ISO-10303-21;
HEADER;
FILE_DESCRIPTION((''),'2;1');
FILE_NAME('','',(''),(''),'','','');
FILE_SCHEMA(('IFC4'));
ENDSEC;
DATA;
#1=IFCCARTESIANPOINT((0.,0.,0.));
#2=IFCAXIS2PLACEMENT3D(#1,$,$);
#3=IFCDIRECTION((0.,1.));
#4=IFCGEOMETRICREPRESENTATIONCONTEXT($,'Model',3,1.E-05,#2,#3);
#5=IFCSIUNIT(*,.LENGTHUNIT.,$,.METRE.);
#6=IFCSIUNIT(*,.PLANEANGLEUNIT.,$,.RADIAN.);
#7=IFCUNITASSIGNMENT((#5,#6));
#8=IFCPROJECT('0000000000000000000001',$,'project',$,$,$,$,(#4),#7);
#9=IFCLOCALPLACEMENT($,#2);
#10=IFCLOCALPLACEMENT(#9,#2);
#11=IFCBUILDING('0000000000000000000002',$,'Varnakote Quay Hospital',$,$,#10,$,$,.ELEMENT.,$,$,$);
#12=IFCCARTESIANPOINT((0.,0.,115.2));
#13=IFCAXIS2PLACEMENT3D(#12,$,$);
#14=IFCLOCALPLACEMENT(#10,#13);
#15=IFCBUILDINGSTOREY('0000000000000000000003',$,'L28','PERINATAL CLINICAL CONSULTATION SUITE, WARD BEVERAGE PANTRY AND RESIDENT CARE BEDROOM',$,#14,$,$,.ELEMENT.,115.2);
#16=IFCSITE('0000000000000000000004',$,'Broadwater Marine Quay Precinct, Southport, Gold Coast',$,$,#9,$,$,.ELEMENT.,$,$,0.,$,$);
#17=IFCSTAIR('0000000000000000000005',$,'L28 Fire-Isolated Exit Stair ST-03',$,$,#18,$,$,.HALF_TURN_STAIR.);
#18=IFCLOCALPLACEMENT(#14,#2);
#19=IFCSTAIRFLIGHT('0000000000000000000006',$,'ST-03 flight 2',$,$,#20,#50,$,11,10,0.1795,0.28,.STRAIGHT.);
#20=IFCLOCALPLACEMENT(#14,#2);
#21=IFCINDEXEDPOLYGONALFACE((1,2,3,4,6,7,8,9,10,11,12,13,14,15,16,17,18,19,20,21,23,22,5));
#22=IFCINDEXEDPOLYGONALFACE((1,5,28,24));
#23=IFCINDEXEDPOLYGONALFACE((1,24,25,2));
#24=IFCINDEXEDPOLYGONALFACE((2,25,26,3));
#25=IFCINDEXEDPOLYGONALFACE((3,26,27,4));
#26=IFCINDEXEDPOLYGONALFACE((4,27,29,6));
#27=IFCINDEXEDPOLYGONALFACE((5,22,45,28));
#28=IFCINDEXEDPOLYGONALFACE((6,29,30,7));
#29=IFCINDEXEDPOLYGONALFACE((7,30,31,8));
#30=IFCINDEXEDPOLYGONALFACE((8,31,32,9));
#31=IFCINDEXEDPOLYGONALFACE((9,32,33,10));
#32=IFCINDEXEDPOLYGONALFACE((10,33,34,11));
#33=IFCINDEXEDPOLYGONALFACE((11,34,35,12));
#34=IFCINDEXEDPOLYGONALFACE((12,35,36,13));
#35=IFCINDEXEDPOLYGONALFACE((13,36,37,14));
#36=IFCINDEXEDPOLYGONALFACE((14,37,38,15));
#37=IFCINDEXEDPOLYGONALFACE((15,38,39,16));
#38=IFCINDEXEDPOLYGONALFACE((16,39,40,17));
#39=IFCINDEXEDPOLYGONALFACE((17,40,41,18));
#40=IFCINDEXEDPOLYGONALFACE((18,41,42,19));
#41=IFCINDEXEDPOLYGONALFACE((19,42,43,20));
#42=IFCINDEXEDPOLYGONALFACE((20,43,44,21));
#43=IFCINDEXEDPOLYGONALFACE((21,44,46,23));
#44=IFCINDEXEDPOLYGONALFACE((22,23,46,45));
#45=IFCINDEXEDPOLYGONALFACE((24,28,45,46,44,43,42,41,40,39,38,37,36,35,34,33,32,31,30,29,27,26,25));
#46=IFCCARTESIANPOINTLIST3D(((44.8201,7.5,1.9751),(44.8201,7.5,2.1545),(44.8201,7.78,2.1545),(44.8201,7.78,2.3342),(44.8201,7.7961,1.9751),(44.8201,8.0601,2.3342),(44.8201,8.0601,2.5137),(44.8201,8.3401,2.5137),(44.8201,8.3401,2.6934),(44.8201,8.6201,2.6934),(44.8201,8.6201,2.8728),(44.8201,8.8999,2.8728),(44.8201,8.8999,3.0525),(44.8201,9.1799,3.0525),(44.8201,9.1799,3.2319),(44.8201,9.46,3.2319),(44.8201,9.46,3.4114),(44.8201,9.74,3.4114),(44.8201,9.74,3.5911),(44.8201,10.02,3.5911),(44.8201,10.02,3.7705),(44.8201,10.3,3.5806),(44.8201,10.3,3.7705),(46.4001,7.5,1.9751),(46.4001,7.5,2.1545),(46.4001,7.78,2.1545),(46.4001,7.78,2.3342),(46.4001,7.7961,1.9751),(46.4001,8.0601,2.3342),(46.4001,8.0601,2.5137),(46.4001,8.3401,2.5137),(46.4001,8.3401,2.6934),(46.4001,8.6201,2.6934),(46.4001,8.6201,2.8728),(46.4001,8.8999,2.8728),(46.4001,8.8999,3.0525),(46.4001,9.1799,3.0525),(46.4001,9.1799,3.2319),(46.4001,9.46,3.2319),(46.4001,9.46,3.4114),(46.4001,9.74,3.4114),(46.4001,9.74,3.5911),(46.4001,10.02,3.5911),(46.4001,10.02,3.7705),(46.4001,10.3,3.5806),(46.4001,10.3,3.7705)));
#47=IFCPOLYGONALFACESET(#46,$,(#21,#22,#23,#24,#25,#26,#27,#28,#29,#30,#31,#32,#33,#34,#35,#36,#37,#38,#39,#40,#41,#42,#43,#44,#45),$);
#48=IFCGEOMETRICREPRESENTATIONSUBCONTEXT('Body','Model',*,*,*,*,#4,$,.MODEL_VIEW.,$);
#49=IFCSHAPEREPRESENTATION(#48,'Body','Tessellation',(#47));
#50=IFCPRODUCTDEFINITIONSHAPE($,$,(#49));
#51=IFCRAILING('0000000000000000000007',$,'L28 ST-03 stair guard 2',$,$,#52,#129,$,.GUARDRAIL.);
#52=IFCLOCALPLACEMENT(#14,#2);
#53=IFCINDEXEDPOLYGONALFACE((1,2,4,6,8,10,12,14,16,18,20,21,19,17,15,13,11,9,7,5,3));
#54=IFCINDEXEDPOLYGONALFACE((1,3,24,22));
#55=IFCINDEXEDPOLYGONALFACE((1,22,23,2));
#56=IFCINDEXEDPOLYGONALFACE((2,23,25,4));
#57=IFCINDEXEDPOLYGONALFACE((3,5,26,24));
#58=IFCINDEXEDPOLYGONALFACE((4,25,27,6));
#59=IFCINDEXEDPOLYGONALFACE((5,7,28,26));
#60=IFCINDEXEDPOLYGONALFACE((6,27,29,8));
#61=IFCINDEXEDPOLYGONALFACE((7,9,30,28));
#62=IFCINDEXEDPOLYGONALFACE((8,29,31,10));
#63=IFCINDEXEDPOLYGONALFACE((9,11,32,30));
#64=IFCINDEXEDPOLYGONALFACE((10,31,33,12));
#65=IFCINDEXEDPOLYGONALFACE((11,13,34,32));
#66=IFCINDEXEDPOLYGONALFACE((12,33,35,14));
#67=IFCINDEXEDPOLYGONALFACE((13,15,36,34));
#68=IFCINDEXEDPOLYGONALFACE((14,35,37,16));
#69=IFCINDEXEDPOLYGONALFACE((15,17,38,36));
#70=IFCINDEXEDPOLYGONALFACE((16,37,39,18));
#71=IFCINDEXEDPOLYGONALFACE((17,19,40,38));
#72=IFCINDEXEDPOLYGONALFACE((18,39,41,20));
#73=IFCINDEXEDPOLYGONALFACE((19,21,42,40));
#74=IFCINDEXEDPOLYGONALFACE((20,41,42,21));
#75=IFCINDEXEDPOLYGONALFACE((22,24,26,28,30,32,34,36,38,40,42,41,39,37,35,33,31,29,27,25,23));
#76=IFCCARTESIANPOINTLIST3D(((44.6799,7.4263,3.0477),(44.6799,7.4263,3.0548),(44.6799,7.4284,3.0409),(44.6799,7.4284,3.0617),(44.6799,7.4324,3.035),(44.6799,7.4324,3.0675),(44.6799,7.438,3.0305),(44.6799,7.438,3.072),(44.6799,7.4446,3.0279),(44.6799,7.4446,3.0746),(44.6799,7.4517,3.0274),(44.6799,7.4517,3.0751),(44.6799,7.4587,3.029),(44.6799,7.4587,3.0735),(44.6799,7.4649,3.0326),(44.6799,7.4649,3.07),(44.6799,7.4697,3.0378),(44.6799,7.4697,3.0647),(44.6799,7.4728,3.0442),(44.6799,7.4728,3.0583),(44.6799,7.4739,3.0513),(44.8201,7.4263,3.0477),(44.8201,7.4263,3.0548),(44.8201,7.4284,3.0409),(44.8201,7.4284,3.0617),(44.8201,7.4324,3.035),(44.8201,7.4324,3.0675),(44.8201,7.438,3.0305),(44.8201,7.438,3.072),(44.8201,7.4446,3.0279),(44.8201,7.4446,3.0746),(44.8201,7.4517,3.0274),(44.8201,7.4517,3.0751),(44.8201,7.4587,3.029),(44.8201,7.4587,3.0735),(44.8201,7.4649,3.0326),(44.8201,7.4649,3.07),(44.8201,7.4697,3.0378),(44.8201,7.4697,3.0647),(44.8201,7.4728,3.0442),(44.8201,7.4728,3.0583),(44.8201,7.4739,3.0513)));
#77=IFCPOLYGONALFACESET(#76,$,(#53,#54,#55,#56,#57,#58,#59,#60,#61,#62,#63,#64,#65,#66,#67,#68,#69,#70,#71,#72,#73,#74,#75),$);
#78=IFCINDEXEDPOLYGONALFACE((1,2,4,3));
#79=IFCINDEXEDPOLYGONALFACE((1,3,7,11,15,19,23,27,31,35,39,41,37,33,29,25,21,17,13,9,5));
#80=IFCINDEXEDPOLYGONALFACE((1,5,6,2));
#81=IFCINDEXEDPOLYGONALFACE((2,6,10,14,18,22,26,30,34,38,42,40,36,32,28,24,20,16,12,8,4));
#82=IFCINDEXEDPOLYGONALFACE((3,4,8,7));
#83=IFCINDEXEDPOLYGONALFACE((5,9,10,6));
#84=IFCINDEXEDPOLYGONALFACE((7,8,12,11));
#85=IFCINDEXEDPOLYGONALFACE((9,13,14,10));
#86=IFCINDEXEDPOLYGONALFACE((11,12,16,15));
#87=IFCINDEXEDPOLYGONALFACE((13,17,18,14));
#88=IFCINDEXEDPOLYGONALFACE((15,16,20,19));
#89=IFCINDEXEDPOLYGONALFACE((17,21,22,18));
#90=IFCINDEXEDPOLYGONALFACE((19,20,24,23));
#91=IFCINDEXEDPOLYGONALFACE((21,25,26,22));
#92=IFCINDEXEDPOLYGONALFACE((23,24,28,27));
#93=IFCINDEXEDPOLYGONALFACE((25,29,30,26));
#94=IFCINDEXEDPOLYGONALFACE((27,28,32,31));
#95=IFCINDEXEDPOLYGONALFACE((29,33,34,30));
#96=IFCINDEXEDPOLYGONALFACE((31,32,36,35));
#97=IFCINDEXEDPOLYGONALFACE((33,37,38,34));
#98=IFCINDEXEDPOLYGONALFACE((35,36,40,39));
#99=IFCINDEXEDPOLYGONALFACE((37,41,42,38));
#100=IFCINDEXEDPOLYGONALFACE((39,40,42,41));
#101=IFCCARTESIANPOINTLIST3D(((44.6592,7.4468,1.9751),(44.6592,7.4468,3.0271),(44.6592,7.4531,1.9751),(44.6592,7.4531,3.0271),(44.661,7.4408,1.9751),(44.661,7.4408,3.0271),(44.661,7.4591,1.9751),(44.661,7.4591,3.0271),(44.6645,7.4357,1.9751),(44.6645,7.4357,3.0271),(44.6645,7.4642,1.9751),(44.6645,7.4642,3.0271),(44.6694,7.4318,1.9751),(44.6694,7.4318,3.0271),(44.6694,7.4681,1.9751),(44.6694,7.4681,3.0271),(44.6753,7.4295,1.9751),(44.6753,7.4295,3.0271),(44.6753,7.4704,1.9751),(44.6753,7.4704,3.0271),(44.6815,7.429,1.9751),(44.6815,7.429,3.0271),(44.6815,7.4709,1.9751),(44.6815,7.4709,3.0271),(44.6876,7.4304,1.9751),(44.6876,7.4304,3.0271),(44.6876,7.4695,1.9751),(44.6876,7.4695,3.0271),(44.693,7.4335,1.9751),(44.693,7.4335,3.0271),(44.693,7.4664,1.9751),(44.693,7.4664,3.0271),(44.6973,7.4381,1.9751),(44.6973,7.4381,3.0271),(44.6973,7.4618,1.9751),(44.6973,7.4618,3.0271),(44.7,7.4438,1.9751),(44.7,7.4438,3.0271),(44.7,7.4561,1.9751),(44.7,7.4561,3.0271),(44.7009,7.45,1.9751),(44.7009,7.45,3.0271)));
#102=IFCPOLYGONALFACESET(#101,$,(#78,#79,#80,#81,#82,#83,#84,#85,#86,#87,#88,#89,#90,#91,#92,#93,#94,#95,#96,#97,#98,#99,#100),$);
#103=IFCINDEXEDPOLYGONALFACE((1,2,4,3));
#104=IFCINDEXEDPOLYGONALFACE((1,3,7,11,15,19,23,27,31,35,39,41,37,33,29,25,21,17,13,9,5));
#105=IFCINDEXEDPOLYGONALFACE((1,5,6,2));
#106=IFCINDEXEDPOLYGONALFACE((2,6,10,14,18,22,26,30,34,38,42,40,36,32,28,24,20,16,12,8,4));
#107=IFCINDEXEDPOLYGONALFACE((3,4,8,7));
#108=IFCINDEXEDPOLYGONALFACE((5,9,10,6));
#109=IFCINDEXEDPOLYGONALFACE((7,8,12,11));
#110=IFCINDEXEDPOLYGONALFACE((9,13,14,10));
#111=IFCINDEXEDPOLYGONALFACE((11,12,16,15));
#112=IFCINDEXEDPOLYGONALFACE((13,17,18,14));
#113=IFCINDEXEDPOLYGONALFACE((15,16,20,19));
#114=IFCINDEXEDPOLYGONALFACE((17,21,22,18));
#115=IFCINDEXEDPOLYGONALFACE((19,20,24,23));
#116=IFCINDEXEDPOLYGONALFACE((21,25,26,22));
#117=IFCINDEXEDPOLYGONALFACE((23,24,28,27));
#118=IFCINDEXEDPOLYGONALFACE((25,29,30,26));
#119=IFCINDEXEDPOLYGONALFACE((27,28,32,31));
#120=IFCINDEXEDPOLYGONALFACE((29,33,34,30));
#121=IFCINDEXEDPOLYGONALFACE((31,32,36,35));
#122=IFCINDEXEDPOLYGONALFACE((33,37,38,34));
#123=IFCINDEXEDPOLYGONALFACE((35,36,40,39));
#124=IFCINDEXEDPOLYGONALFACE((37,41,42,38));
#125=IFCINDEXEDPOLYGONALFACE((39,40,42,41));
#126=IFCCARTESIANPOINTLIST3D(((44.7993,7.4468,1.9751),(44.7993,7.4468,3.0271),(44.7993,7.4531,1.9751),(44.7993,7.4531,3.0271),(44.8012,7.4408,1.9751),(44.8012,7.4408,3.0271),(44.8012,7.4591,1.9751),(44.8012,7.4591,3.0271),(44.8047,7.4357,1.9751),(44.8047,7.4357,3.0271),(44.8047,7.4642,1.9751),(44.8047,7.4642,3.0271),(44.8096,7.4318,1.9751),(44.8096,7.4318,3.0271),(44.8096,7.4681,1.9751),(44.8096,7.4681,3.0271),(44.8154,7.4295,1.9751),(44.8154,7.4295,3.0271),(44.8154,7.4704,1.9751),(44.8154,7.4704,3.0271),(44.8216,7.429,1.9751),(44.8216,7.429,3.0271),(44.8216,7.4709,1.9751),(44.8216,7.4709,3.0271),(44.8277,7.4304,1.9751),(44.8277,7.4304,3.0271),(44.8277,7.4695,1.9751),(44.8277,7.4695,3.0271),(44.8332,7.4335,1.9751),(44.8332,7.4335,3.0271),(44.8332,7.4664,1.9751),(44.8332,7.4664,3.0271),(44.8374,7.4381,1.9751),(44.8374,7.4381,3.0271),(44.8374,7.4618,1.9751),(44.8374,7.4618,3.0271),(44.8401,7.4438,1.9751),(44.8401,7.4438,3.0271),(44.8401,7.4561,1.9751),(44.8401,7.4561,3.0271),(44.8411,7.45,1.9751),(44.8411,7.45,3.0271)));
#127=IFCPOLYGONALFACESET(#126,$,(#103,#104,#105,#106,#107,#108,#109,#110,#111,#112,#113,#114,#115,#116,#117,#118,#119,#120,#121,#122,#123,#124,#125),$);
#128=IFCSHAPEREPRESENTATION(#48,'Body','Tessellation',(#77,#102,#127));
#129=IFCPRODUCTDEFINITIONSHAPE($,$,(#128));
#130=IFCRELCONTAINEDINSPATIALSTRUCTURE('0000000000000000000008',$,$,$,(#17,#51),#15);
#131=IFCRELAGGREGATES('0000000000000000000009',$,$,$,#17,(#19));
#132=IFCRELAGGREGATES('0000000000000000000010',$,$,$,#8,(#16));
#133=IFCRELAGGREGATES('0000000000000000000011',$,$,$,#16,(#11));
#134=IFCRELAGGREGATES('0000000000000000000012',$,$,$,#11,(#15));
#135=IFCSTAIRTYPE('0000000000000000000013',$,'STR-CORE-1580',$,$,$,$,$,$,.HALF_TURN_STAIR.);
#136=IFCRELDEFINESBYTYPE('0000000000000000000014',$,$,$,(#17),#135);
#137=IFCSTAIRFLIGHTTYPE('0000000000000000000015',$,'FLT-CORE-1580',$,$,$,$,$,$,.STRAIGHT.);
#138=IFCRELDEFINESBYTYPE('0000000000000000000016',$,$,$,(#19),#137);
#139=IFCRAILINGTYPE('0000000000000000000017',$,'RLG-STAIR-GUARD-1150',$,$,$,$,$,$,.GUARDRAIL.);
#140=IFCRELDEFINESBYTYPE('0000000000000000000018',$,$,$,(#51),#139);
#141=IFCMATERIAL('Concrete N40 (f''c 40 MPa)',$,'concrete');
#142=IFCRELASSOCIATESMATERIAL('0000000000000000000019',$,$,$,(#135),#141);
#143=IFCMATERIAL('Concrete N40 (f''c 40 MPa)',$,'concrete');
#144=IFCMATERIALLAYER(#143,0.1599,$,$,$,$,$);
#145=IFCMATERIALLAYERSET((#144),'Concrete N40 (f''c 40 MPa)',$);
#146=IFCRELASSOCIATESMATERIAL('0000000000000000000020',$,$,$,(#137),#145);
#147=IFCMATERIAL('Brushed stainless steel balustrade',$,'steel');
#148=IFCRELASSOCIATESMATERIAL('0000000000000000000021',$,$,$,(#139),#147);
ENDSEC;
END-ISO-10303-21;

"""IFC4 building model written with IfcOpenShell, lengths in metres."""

from ifc_helpers import new_model, si_unit, direction, frame, origin, origin_2d, place, context, subcontext, project, spatial, polyline, circle, outline, extrude, material, layer, layer_set, type_object, element, aggregate, save


model = new_model("IFC4")

# Units and contexts
model_context = context("Model", 3, precision=1e-05, world=origin(), true_north=direction((0.0, 1.0)))
body_context = subcontext(model_context, "Body", "Model", "MODEL_VIEW")
ifc_project = project(units=[si_unit("LENGTHUNIT", "METRE"), si_unit("PLANEANGLEUNIT", "RADIAN")], contexts=[model_context])

# Site, building, storey
site_placement = place(None, origin())
site = spatial("IfcSite", under=ifc_project, at=site_placement, Name="Broadwater Marine Quay Precinct, Southport, Gold Coast", CompositionType="ELEMENT", RefElevation=0.0)
building_placement = place(site_placement, origin())
building = spatial("IfcBuilding", under=site, at=building_placement, Name="Varnakote Quay Hospital", CompositionType="ELEMENT")
storey_placement = place(building_placement, frame((0.0, 0.0, 115.2)))
storey = spatial("IfcBuildingStorey", under=building, at=storey_placement, Name="L28", Description="PERINATAL CLINICAL CONSULTATION SUITE, WARD BEVERAGE PANTRY AND RESIDENT CARE BEDROOM", CompositionType="ELEMENT", Elevation=115.2)

# Stair, stair flight
ifc_material_1 = material(Name="Concrete N40 (f'c 40 MPa)", Category="concrete")
stair_type = type_object("IfcStairType", Name="STR-CORE-1580", PredefinedType="HALF_TURN_STAIR", material=ifc_material_1)
stair_placement = place(storey_placement, origin())
stair = element("IfcStair", 1, at=stair_placement, inside=storey, type_object=stair_type, Name="L28 Fire-Isolated Exit Stair ST-03", PredefinedType="HALF_TURN_STAIR")
ifc_material_2 = material(Name="Concrete N40 (f'c 40 MPa)", Category="concrete")
ifc_layer_1 = layer(ifc_material_2, 0.1599)
ifc_layer_set_1 = layer_set([ifc_layer_1], Name="Concrete N40 (f'c 40 MPa)")
stair_flight_type = type_object("IfcStairFlightType", Name="FLT-CORE-1580", PredefinedType="STRAIGHT", material=ifc_layer_set_1)
stair_flight_placement = place(storey_placement, frame((45.6101, 7.5, 1.9751), z_axis=(0.0, 0.0, 1.0), x_axis=(0.0, 1.0, 0.0)))
stair_flight = element("IfcStairFlight", 2, at=stair_flight_placement, type_object=stair_flight_type, Name="ST-03 flight 2", NumberOfRisers=11, NumberOfTreads=10, PredefinedType="STRAIGHT", RiserHeight=0.1795, TreadLength=0.28, context=body_context, shape_type="SweptSolid", body=[
    extrude(outline(polyline([(0.0, 0.0), (0.0, 0.1794), (0.28, 0.1794), (0.28, 0.3591), (0.5601, 0.3591), (0.5601, 0.5386), (0.8401, 0.5386), (0.8401, 0.7183), (1.1201, 0.7183), (1.1201, 0.8977), (1.3999, 0.8977), (1.3999, 1.0774), (1.6799, 1.0774), (1.6799, 1.2568), (1.96, 1.2568), (1.96, 1.4363), (2.24, 1.4363), (2.24, 1.616), (2.52, 1.616), (2.52, 1.7954), (2.8, 1.7954), (2.8, 1.9751), (2.8, 1.6055), (0.2961, 0.0), (0.0, 0.0)])), frame((0.0, 0.79, 0.0), z_axis=(0.0, -1.0, 0.0), x_axis=(1.0, 0.0, 0.0)), (0.0, 0.0, 1.0), 1.5801),
])
aggregate(stair, [stair_flight])

# Railing
ifc_material_3 = material(Name="Brushed stainless steel balustrade", Category="steel")
railing_type_1 = type_object("IfcRailingType", Name="RLG-STAIR-GUARD-1150", PredefinedType="GUARDRAIL", material=ifc_material_3)
railing_1_placement = place(storey_placement, frame((44.6799, 7.45, 1.9751)))
element("IfcRailing", 3, at=railing_1_placement, inside=storey, type_object=railing_type_1, Name="L28 ST-03 stair guard 2", PredefinedType="GUARDRAIL", context=body_context, shape_type="SweptSolid", body=[
    extrude(circle(Radius=0.0239, at=origin_2d()), frame((0.0, 0.0, 1.0762), z_axis=(1.0, 0.0, 0.0), x_axis=(0.0, 1.0, 0.0)), (0.0, 0.0, 1.0), 0.1401),
    extrude(circle(Radius=0.021, at=origin_2d()), origin(), (0.0, 0.0, 1.0), 1.052),
    extrude(circle(Radius=0.021, at=origin_2d()), frame((0.1401, 0.0, 0.0)), (0.0, 0.0, 1.0), 1.052),
])

save(model, "model.ifc")
